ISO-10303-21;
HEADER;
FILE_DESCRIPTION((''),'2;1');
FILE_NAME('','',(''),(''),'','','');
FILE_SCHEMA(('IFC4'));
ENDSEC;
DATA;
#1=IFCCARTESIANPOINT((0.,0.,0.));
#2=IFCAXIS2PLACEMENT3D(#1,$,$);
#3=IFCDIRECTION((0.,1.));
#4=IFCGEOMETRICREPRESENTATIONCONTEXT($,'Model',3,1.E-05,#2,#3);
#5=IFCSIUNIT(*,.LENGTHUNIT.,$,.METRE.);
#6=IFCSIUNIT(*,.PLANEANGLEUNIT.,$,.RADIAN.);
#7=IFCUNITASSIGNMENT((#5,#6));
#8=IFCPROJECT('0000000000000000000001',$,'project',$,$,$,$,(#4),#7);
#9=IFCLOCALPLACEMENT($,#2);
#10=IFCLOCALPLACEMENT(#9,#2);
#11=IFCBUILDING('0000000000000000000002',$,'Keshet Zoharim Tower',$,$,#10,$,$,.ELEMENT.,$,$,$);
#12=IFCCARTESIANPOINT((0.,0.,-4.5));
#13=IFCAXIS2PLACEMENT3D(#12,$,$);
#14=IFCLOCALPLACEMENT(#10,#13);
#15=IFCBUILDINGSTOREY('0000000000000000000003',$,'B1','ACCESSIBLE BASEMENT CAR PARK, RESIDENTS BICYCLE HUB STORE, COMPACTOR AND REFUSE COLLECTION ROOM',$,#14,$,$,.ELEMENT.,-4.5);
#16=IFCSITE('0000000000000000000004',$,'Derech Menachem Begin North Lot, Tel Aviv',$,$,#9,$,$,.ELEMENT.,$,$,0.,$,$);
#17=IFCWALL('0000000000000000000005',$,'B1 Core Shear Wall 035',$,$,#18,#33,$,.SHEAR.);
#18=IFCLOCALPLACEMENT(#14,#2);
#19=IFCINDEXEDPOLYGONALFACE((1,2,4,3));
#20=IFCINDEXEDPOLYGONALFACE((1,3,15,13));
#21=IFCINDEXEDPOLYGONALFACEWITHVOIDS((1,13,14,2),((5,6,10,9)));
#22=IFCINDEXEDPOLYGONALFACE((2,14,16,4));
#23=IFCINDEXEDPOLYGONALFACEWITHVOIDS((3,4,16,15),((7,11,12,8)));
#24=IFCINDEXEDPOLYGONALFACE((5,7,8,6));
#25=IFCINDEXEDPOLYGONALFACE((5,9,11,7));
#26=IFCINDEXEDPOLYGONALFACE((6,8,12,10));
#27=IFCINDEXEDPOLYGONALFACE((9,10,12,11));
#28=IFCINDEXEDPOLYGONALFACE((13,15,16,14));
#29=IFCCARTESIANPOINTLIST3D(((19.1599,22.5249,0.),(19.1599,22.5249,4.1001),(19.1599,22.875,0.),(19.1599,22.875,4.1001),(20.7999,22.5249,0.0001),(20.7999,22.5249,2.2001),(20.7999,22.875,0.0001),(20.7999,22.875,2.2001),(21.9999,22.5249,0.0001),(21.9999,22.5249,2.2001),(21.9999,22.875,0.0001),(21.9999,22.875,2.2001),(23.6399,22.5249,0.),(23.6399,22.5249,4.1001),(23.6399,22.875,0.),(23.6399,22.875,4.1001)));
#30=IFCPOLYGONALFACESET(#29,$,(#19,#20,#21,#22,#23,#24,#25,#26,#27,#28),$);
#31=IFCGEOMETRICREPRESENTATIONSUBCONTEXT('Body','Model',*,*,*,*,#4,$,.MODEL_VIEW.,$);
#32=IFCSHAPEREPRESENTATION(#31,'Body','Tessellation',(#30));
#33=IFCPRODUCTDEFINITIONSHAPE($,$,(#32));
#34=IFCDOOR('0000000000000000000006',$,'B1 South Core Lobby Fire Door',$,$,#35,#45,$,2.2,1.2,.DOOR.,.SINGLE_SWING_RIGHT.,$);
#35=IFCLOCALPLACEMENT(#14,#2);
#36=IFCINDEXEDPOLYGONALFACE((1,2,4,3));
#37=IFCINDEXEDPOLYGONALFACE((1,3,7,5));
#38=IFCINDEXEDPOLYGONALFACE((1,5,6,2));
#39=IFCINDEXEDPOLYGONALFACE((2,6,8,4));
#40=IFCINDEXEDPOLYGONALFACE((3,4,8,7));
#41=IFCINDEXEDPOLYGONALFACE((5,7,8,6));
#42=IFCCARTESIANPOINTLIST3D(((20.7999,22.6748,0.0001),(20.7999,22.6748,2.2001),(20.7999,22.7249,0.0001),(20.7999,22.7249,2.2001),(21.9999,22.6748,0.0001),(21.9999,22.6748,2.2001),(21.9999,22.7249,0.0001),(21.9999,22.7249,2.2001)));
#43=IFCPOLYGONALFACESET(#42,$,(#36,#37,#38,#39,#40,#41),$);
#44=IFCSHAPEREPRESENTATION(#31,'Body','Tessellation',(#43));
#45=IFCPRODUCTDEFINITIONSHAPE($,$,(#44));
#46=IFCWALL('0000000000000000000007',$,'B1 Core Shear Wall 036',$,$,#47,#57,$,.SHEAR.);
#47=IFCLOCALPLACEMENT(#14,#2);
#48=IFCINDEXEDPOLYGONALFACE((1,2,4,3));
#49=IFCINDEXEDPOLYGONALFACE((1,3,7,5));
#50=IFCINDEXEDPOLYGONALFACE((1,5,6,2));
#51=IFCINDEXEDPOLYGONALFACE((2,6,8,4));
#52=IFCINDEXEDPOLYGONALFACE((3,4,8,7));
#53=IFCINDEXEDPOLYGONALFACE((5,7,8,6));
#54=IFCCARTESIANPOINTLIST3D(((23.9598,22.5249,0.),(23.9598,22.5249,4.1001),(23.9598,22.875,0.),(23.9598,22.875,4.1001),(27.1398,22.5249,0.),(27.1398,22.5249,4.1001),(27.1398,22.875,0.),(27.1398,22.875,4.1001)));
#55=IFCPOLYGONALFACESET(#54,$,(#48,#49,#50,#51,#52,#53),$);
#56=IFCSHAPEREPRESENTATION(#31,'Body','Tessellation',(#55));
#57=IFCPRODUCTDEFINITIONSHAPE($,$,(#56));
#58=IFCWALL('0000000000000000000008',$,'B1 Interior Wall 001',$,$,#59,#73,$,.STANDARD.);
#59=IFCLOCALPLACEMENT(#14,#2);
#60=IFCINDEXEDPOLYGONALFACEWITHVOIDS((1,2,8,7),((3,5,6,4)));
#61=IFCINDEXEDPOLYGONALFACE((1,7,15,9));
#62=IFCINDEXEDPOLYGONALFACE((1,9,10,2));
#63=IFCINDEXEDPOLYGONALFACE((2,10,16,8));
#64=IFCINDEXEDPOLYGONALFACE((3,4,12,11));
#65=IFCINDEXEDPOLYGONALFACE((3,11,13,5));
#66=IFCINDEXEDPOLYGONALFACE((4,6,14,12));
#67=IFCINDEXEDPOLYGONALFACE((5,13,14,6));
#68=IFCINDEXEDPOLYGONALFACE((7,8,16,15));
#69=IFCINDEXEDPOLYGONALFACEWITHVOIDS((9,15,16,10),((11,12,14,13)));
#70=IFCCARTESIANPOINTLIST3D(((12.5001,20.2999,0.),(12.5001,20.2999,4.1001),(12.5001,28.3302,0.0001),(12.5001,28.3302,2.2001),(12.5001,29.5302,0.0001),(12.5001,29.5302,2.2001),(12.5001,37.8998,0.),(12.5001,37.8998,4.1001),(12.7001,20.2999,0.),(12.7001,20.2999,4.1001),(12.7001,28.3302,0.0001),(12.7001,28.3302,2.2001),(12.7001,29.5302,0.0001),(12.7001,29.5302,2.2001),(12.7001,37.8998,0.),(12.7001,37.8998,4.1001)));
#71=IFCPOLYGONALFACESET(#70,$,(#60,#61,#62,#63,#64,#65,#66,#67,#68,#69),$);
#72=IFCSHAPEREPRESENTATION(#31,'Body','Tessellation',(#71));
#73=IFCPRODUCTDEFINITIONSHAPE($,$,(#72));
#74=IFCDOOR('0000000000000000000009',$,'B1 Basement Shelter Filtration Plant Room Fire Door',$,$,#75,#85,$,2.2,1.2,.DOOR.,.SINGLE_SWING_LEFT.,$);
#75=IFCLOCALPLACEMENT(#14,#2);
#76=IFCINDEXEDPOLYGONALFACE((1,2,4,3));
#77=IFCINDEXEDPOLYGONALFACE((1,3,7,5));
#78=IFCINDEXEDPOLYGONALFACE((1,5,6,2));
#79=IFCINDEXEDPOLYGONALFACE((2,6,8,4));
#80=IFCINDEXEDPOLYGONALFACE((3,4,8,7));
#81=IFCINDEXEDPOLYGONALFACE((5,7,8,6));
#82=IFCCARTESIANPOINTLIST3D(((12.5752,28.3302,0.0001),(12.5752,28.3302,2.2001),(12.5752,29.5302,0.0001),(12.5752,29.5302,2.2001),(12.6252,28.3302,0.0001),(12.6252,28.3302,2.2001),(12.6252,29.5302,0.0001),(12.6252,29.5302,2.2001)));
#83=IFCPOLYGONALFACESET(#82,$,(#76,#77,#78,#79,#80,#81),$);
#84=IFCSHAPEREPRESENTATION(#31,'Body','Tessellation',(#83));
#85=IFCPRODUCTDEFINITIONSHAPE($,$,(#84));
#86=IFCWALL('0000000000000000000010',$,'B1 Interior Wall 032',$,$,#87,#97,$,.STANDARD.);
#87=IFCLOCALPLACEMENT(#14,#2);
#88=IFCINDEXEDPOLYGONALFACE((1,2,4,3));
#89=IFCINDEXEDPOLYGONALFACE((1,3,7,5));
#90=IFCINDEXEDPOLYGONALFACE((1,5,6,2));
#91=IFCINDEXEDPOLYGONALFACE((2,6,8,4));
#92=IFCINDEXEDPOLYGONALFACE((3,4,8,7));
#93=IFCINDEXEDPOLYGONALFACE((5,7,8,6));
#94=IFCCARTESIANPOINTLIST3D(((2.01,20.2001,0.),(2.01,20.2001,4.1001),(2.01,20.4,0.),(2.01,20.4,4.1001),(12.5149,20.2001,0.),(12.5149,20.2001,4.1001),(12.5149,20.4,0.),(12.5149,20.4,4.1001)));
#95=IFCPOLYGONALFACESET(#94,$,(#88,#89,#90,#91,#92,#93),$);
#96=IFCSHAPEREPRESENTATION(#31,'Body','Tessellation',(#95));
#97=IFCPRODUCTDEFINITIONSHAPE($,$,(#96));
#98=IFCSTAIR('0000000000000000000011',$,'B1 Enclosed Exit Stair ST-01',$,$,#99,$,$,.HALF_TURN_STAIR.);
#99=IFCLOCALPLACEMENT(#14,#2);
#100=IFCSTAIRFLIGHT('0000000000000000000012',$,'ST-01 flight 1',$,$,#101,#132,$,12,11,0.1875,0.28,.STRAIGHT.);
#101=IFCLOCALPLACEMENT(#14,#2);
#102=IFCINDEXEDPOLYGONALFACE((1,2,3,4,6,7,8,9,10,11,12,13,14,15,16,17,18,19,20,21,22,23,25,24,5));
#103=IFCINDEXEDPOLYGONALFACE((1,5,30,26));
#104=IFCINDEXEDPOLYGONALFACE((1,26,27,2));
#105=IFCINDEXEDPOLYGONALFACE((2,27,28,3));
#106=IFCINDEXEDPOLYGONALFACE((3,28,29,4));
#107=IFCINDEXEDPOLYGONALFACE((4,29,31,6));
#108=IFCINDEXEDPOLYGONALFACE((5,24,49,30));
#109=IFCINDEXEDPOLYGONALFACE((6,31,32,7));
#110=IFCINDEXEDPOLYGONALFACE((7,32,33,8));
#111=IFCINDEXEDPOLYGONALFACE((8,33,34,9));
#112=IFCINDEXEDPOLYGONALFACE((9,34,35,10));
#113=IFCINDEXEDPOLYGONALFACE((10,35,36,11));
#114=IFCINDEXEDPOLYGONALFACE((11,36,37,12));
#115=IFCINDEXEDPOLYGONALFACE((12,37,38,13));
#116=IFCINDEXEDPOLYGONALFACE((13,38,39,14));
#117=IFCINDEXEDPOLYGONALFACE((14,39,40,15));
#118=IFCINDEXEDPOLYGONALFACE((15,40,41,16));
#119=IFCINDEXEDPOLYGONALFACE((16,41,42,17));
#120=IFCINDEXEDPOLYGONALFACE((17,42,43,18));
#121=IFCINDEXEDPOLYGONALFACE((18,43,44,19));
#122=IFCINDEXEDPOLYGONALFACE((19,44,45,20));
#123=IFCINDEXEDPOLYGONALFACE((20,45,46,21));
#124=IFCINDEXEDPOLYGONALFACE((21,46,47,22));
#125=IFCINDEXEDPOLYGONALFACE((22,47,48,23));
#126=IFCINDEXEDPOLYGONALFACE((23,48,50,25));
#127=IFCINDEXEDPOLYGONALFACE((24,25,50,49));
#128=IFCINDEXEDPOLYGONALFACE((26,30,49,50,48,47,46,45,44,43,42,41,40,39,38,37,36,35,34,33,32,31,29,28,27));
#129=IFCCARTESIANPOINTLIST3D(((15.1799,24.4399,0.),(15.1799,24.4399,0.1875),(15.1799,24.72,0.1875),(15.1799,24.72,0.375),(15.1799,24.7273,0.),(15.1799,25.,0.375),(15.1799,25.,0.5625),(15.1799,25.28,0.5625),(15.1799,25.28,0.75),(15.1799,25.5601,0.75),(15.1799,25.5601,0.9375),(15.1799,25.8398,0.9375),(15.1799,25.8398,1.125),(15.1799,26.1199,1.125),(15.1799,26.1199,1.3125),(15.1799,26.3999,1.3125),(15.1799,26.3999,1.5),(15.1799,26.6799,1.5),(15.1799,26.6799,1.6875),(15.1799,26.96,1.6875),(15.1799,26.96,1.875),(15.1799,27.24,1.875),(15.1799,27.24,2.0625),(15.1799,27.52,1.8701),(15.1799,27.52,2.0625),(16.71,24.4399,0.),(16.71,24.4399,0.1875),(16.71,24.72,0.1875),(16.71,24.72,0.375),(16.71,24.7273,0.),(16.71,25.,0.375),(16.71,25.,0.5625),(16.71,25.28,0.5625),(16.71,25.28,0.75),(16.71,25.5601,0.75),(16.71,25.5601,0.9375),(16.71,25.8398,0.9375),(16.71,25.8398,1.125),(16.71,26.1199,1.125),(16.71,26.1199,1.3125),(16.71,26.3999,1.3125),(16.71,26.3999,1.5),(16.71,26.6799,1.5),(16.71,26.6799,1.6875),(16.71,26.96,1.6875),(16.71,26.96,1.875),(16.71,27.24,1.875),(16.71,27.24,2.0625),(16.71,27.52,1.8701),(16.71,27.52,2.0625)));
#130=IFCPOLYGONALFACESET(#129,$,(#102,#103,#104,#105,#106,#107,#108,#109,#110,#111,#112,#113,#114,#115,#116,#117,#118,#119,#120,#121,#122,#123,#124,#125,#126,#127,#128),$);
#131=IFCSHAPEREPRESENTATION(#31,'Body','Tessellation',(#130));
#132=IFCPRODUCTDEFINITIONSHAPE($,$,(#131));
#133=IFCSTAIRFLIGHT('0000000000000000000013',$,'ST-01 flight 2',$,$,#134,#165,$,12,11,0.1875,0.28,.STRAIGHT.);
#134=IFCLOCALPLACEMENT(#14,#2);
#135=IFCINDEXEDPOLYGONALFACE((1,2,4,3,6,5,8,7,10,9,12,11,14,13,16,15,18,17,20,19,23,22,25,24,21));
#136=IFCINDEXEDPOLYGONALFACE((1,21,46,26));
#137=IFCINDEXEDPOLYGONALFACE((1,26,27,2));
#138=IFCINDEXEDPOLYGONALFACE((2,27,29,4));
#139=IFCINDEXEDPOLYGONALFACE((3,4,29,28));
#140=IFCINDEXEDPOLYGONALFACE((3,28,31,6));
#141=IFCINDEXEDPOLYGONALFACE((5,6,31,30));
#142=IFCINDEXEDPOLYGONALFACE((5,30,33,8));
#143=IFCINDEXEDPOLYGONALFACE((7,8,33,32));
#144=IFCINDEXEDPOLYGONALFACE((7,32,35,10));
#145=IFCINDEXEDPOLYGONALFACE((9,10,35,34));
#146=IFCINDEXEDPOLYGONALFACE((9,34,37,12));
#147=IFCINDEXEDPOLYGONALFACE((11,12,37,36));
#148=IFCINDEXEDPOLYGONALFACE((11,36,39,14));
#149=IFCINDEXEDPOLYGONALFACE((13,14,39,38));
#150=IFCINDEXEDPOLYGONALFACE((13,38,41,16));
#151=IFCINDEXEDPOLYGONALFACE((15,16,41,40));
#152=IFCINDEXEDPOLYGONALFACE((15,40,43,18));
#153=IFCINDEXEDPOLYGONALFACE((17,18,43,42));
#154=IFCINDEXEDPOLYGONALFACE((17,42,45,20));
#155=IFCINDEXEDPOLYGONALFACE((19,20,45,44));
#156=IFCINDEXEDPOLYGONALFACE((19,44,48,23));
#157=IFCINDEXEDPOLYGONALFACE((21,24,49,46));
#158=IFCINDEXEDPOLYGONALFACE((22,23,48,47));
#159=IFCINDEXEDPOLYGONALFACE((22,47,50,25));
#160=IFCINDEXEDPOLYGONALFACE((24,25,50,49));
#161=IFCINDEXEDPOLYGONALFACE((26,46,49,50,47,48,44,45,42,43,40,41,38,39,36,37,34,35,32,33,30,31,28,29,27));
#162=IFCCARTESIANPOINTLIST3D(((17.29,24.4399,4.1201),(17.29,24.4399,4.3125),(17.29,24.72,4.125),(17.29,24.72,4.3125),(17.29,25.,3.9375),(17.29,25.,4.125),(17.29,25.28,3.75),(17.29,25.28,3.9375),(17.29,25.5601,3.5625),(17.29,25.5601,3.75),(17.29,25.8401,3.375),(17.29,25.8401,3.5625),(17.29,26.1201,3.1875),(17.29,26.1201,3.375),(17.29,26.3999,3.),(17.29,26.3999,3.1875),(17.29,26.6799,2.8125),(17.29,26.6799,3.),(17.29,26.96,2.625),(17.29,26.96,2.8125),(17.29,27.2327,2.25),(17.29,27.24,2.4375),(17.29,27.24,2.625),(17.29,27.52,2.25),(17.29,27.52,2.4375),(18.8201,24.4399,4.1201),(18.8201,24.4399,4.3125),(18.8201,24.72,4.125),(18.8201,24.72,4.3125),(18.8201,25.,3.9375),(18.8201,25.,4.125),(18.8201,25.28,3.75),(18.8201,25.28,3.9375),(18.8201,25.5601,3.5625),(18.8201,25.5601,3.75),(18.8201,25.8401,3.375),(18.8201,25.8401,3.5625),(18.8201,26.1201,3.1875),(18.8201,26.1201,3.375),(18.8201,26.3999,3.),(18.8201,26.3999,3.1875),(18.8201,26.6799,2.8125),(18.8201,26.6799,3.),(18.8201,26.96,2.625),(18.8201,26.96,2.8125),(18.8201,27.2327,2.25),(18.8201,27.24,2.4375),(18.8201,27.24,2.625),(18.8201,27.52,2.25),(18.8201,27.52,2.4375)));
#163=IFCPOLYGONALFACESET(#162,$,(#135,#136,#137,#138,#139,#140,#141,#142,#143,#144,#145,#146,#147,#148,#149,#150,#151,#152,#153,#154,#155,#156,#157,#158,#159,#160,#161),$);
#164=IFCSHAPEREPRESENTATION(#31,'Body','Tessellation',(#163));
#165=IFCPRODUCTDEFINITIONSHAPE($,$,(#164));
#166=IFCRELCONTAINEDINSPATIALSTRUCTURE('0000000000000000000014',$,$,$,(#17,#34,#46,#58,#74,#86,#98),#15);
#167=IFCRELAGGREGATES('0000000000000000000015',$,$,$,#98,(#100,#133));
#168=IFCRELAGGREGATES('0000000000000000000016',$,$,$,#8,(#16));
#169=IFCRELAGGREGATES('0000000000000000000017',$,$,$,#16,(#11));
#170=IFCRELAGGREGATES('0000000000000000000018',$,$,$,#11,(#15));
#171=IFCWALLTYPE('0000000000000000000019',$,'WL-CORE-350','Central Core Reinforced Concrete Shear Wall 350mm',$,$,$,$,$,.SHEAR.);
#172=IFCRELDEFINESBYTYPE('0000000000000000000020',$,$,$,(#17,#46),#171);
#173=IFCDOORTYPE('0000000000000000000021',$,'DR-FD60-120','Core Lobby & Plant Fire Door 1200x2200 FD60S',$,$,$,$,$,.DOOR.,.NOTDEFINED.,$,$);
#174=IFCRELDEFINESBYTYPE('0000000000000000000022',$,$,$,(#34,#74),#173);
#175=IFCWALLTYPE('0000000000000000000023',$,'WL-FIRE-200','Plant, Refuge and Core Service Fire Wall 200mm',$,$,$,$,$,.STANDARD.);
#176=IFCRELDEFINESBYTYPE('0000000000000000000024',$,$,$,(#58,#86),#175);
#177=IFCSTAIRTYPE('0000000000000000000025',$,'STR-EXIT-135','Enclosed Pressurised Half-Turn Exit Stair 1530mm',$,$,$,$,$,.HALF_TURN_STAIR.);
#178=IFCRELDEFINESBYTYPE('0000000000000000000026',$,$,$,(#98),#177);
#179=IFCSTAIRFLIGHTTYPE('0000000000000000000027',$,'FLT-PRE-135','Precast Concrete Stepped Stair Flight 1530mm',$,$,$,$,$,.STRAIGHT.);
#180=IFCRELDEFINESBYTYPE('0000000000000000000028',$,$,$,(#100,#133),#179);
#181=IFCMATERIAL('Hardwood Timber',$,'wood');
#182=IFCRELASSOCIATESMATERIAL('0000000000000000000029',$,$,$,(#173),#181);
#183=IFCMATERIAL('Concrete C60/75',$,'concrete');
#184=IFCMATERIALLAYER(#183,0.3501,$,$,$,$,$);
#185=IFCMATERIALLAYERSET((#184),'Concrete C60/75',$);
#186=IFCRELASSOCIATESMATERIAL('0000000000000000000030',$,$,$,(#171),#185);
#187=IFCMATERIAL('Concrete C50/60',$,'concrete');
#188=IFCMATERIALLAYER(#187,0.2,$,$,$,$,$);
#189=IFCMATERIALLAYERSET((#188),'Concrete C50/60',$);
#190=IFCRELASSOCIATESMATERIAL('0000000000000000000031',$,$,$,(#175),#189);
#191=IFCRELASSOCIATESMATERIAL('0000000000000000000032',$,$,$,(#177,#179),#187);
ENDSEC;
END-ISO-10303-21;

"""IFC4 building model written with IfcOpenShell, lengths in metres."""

from ifc_helpers import new_model, si_unit, direction, frame, frame_2d, origin, place, context, subcontext, project, spatial, polyline, rectangle, outline, extrude, material, layer, layer_set, type_object, element, fill, aggregate, save


model = new_model("IFC4")

# Units and contexts
model_context = context("Model", 3, precision=1e-05, world=origin(), true_north=direction((0.0, 1.0)))
body_context = subcontext(model_context, "Body", "Model", "MODEL_VIEW")
ifc_project = project(units=[si_unit("LENGTHUNIT", "METRE"), si_unit("PLANEANGLEUNIT", "RADIAN")], contexts=[model_context])

# Site, building, storey
site_placement = place(None, origin())
site = spatial("IfcSite", under=ifc_project, at=site_placement, Name="Derech Menachem Begin North Lot, Tel Aviv", CompositionType="ELEMENT", RefElevation=0.0)
building_placement = place(site_placement, origin())
building = spatial("IfcBuilding", under=site, at=building_placement, Name="Keshet Zoharim Tower", CompositionType="ELEMENT")
storey_placement = place(building_placement, frame((0.0, 0.0, -4.5)))
storey = spatial("IfcBuildingStorey", under=building, at=storey_placement, Name="B1", Description="ACCESSIBLE BASEMENT CAR PARK, RESIDENTS BICYCLE HUB STORE, COMPACTOR AND REFUSE COLLECTION ROOM", CompositionType="ELEMENT", Elevation=-4.5)

# Shared definitions
ifc_material_1 = material(Name="Concrete C60/75", Category="concrete")

# Shared definitions
ifc_material_2 = material(Name="Hardwood Timber", Category="wood")
door_type_1 = type_object("IfcDoorType", Name="DR-FD60-120", Description="Core Lobby & Plant Fire Door 1200x2200 FD60S", OperationType="NOTDEFINED", PredefinedType="DOOR", material=ifc_material_2)

# Shared definitions
ifc_layer_1 = layer(ifc_material_1, 0.3501)
ifc_layer_set_1 = layer_set([ifc_layer_1], Name="Concrete C60/75")
wall_type_1 = type_object("IfcWallType", Name="WL-CORE-350", Description="Central Core Reinforced Concrete Shear Wall 350mm", PredefinedType="SHEAR", material=ifc_layer_set_1)

# Wall, opening, door
wall_1_placement = place(storey_placement, frame((19.1599, 22.7, 0.0), z_axis=(0.0, 0.0, 1.0), x_axis=(1.0, 0.0, 0.0)))
wall_1 = element("IfcWall", 1, at=wall_1_placement, inside=storey, type_object=wall_type_1, Name="B1 Core Shear Wall 035", PredefinedType="SHEAR", context=body_context, shape_type="SweptSolid", body=[
    extrude(rectangle(XDim=4.48, YDim=0.3501, at=frame_2d((2.24, 0.0))), origin(), (0.0, 0.0, 1.0), 4.1001),
])
opening_1_placement = place(wall_1_placement, frame((1.6399, 0.0, 0.0)))
opening_1 = element("IfcOpeningElement", 2, at=opening_1_placement, cuts=wall_1, PredefinedType="OPENING", context=body_context, shape_type="SweptSolid", body=[
    extrude(rectangle(XDim=1.2, YDim=2.2, at=frame_2d((0.6001, 1.1001))), frame((0.0, 0.1851, 0.0), z_axis=(0.0, -1.0, 0.0), x_axis=(1.0, 0.0, 0.0)), (0.0, 0.0, 1.0), 0.3701),
])
door_1_placement = place(opening_1_placement, origin())
door_1 = element("IfcDoor", 3, at=door_1_placement, inside=storey, type_object=door_type_1, Name="B1 South Core Lobby Fire Door", OperationType="SINGLE_SWING_RIGHT", OverallHeight=2.2, OverallWidth=1.2, PredefinedType="DOOR", context=body_context, shape_type="SweptSolid", body=[
    extrude(rectangle(XDim=1.2, YDim=2.2, at=frame_2d((0.6001, 1.1001))), frame((0.0, 0.0249, 0.0), z_axis=(0.0, -1.0, 0.0), x_axis=(1.0, 0.0, 0.0)), (0.0, 0.0, 1.0), 0.05),
])
fill(opening_1, door_1)

# Wall
wall_2_placement = place(storey_placement, frame((23.96, 22.7, 0.0), z_axis=(0.0, 0.0, 1.0), x_axis=(1.0, 0.0, 0.0)))
element("IfcWall", 4, at=wall_2_placement, inside=storey, type_object=wall_type_1, Name="B1 Core Shear Wall 036", PredefinedType="SHEAR", context=body_context, shape_type="SweptSolid", body=[
    extrude(rectangle(XDim=3.1799, YDim=0.3501, at=frame_2d((1.5898, 0.0))), origin(), (0.0, 0.0, 1.0), 4.1001),
])

# Wall, opening, door
ifc_material_3 = material(Name="Concrete C50/60", Category="concrete")
ifc_layer_2 = layer(ifc_material_3, 0.2)
ifc_layer_set_2 = layer_set([ifc_layer_2], Name="Concrete C50/60")
wall_type_2 = type_object("IfcWallType", Name="WL-FIRE-200", Description="Plant, Refuge and Core Service Fire Wall 200mm", PredefinedType="STANDARD", material=ifc_layer_set_2)
wall_3_placement = place(storey_placement, frame((12.6001, 20.3, 0.0), z_axis=(0.0, 0.0, 1.0), x_axis=(0.0, 1.0, 0.0)))
wall_3 = element("IfcWall", 5, at=wall_3_placement, inside=storey, type_object=wall_type_2, Name="B1 Interior Wall 001", PredefinedType="STANDARD", context=body_context, shape_type="SweptSolid", body=[
    extrude(rectangle(XDim=17.5999, YDim=0.2, at=frame_2d((8.7998, 0.0))), origin(), (0.0, 0.0, 1.0), 4.1001),
])
opening_2_placement = place(wall_3_placement, frame((8.03, 0.0, 0.0)))
opening_2 = element("IfcOpeningElement", 6, at=opening_2_placement, cuts=wall_3, PredefinedType="OPENING", context=body_context, shape_type="SweptSolid", body=[
    extrude(rectangle(XDim=1.2, YDim=2.2, at=frame_2d((0.6001, 1.1001))), frame((0.0, 0.1099, 0.0), z_axis=(0.0, -1.0, 0.0), x_axis=(1.0, 0.0, 0.0)), (0.0, 0.0, 1.0), 0.22),
])
door_2_placement = place(opening_2_placement, origin())
door_2 = element("IfcDoor", 7, at=door_2_placement, inside=storey, type_object=door_type_1, Name="B1 Basement Shelter Filtration Plant Room Fire Door", OperationType="SINGLE_SWING_LEFT", OverallHeight=2.2, OverallWidth=1.2, PredefinedType="DOOR", context=body_context, shape_type="SweptSolid", body=[
    extrude(rectangle(XDim=1.2, YDim=2.2, at=frame_2d((0.6001, 1.1001))), frame((0.0, 0.0249, 0.0), z_axis=(0.0, -1.0, 0.0), x_axis=(1.0, 0.0, 0.0)), (0.0, 0.0, 1.0), 0.05),
])
fill(opening_2, door_2)

# Wall
wall_4_placement = place(storey_placement, frame((2.01, 20.3, 0.0), z_axis=(0.0, 0.0, 1.0), x_axis=(1.0, 0.0, 0.0)))
element("IfcWall", 8, at=wall_4_placement, inside=storey, type_object=wall_type_2, Name="B1 Interior Wall 032", PredefinedType="STANDARD", context=body_context, shape_type="SweptSolid", body=[
    extrude(rectangle(XDim=10.5049, YDim=0.2, at=frame_2d((5.2524, 0.0))), origin(), (0.0, 0.0, 1.0), 4.1001),
])

# Stair, stair flights
stair_type = type_object("IfcStairType", Name="STR-EXIT-135", Description="Enclosed Pressurised Half-Turn Exit Stair 1530mm", PredefinedType="HALF_TURN_STAIR", material=ifc_material_3)
stair_1_placement = place(storey_placement, origin())
stair_1 = element("IfcStair", 9, at=stair_1_placement, inside=storey, type_object=stair_type, Name="B1 Enclosed Exit Stair ST-01", PredefinedType="HALF_TURN_STAIR")
stair_flight_type_1 = type_object("IfcStairFlightType", Name="FLT-PRE-135", Description="Precast Concrete Stepped Stair Flight 1530mm", PredefinedType="STRAIGHT", material=ifc_material_3)
stair_flight_1_placement = place(storey_placement, frame((15.9451, 24.4399, 0.0), z_axis=(0.0, 0.0, 1.0), x_axis=(0.0, 1.0, 0.0)))
stair_flight_1 = element("IfcStairFlight", 10, at=stair_flight_1_placement, type_object=stair_flight_type_1, Name="ST-01 flight 1", NumberOfRisers=12, NumberOfTreads=11, PredefinedType="STRAIGHT", RiserHeight=0.1875, TreadLength=0.28, context=body_context, shape_type="SweptSolid", body=[
    extrude(outline(polyline([(0.0, 0.0), (0.0, 0.1875), (0.28, 0.1875), (0.28, 0.375), (0.5601, 0.375), (0.5601, 0.5625), (0.8401, 0.5625), (0.8401, 0.75), (1.1201, 0.75), (1.1201, 0.9375), (1.3999, 0.9375), (1.3999, 1.125), (1.6799, 1.125), (1.6799, 1.3125), (1.96, 1.3125), (1.96, 1.5), (2.24, 1.5), (2.24, 1.6875), (2.52, 1.6875), (2.52, 1.875), (2.8, 1.875), (2.8, 2.0625), (3.0801, 2.0625), (3.0801, 2.25), (3.0801, 1.8701), (0.2874, 0.0), (0.0, 0.0)])), frame((0.0, 0.7651, 0.0), z_axis=(0.0, -1.0, 0.0), x_axis=(1.0, 0.0, 0.0)), (0.0, 0.0, 1.0), 1.53),
])
stair_flight_2_placement = place(storey_placement, frame((18.0549, 27.52, 2.25), z_axis=(0.0, 0.0, 1.0), x_axis=(0.0, -1.0, 0.0)))
stair_flight_2 = element("IfcStairFlight", 11, at=stair_flight_2_placement, type_object=stair_flight_type_1, Name="ST-01 flight 2", NumberOfRisers=12, NumberOfTreads=11, PredefinedType="STRAIGHT", RiserHeight=0.1875, TreadLength=0.28, context=body_context, shape_type="SweptSolid", body=[
    extrude(outline(polyline([(0.0, 0.0), (0.0, 0.1875), (0.28, 0.1875), (0.28, 0.375), (0.5601, 0.375), (0.5601, 0.5625), (0.8401, 0.5625), (0.8401, 0.75), (1.1201, 0.75), (1.1201, 0.9375), (1.3999, 0.9375), (1.3999, 1.125), (1.6799, 1.125), (1.6799, 1.3125), (1.96, 1.3125), (1.96, 1.5), (2.24, 1.5), (2.24, 1.6875), (2.52, 1.6875), (2.52, 1.875), (2.8, 1.875), (2.8, 2.0625), (3.0801, 2.0625), (3.0801, 2.25), (3.0801, 1.8701), (0.2874, 0.0), (0.0, 0.0)])), frame((0.0, 0.7651, 0.0), z_axis=(0.0, -1.0, 0.0), x_axis=(1.0, 0.0, 0.0)), (0.0, 0.0, 1.0), 1.53),
])
aggregate(stair_1, [stair_flight_1, stair_flight_2])

save(model, "model.ifc")
